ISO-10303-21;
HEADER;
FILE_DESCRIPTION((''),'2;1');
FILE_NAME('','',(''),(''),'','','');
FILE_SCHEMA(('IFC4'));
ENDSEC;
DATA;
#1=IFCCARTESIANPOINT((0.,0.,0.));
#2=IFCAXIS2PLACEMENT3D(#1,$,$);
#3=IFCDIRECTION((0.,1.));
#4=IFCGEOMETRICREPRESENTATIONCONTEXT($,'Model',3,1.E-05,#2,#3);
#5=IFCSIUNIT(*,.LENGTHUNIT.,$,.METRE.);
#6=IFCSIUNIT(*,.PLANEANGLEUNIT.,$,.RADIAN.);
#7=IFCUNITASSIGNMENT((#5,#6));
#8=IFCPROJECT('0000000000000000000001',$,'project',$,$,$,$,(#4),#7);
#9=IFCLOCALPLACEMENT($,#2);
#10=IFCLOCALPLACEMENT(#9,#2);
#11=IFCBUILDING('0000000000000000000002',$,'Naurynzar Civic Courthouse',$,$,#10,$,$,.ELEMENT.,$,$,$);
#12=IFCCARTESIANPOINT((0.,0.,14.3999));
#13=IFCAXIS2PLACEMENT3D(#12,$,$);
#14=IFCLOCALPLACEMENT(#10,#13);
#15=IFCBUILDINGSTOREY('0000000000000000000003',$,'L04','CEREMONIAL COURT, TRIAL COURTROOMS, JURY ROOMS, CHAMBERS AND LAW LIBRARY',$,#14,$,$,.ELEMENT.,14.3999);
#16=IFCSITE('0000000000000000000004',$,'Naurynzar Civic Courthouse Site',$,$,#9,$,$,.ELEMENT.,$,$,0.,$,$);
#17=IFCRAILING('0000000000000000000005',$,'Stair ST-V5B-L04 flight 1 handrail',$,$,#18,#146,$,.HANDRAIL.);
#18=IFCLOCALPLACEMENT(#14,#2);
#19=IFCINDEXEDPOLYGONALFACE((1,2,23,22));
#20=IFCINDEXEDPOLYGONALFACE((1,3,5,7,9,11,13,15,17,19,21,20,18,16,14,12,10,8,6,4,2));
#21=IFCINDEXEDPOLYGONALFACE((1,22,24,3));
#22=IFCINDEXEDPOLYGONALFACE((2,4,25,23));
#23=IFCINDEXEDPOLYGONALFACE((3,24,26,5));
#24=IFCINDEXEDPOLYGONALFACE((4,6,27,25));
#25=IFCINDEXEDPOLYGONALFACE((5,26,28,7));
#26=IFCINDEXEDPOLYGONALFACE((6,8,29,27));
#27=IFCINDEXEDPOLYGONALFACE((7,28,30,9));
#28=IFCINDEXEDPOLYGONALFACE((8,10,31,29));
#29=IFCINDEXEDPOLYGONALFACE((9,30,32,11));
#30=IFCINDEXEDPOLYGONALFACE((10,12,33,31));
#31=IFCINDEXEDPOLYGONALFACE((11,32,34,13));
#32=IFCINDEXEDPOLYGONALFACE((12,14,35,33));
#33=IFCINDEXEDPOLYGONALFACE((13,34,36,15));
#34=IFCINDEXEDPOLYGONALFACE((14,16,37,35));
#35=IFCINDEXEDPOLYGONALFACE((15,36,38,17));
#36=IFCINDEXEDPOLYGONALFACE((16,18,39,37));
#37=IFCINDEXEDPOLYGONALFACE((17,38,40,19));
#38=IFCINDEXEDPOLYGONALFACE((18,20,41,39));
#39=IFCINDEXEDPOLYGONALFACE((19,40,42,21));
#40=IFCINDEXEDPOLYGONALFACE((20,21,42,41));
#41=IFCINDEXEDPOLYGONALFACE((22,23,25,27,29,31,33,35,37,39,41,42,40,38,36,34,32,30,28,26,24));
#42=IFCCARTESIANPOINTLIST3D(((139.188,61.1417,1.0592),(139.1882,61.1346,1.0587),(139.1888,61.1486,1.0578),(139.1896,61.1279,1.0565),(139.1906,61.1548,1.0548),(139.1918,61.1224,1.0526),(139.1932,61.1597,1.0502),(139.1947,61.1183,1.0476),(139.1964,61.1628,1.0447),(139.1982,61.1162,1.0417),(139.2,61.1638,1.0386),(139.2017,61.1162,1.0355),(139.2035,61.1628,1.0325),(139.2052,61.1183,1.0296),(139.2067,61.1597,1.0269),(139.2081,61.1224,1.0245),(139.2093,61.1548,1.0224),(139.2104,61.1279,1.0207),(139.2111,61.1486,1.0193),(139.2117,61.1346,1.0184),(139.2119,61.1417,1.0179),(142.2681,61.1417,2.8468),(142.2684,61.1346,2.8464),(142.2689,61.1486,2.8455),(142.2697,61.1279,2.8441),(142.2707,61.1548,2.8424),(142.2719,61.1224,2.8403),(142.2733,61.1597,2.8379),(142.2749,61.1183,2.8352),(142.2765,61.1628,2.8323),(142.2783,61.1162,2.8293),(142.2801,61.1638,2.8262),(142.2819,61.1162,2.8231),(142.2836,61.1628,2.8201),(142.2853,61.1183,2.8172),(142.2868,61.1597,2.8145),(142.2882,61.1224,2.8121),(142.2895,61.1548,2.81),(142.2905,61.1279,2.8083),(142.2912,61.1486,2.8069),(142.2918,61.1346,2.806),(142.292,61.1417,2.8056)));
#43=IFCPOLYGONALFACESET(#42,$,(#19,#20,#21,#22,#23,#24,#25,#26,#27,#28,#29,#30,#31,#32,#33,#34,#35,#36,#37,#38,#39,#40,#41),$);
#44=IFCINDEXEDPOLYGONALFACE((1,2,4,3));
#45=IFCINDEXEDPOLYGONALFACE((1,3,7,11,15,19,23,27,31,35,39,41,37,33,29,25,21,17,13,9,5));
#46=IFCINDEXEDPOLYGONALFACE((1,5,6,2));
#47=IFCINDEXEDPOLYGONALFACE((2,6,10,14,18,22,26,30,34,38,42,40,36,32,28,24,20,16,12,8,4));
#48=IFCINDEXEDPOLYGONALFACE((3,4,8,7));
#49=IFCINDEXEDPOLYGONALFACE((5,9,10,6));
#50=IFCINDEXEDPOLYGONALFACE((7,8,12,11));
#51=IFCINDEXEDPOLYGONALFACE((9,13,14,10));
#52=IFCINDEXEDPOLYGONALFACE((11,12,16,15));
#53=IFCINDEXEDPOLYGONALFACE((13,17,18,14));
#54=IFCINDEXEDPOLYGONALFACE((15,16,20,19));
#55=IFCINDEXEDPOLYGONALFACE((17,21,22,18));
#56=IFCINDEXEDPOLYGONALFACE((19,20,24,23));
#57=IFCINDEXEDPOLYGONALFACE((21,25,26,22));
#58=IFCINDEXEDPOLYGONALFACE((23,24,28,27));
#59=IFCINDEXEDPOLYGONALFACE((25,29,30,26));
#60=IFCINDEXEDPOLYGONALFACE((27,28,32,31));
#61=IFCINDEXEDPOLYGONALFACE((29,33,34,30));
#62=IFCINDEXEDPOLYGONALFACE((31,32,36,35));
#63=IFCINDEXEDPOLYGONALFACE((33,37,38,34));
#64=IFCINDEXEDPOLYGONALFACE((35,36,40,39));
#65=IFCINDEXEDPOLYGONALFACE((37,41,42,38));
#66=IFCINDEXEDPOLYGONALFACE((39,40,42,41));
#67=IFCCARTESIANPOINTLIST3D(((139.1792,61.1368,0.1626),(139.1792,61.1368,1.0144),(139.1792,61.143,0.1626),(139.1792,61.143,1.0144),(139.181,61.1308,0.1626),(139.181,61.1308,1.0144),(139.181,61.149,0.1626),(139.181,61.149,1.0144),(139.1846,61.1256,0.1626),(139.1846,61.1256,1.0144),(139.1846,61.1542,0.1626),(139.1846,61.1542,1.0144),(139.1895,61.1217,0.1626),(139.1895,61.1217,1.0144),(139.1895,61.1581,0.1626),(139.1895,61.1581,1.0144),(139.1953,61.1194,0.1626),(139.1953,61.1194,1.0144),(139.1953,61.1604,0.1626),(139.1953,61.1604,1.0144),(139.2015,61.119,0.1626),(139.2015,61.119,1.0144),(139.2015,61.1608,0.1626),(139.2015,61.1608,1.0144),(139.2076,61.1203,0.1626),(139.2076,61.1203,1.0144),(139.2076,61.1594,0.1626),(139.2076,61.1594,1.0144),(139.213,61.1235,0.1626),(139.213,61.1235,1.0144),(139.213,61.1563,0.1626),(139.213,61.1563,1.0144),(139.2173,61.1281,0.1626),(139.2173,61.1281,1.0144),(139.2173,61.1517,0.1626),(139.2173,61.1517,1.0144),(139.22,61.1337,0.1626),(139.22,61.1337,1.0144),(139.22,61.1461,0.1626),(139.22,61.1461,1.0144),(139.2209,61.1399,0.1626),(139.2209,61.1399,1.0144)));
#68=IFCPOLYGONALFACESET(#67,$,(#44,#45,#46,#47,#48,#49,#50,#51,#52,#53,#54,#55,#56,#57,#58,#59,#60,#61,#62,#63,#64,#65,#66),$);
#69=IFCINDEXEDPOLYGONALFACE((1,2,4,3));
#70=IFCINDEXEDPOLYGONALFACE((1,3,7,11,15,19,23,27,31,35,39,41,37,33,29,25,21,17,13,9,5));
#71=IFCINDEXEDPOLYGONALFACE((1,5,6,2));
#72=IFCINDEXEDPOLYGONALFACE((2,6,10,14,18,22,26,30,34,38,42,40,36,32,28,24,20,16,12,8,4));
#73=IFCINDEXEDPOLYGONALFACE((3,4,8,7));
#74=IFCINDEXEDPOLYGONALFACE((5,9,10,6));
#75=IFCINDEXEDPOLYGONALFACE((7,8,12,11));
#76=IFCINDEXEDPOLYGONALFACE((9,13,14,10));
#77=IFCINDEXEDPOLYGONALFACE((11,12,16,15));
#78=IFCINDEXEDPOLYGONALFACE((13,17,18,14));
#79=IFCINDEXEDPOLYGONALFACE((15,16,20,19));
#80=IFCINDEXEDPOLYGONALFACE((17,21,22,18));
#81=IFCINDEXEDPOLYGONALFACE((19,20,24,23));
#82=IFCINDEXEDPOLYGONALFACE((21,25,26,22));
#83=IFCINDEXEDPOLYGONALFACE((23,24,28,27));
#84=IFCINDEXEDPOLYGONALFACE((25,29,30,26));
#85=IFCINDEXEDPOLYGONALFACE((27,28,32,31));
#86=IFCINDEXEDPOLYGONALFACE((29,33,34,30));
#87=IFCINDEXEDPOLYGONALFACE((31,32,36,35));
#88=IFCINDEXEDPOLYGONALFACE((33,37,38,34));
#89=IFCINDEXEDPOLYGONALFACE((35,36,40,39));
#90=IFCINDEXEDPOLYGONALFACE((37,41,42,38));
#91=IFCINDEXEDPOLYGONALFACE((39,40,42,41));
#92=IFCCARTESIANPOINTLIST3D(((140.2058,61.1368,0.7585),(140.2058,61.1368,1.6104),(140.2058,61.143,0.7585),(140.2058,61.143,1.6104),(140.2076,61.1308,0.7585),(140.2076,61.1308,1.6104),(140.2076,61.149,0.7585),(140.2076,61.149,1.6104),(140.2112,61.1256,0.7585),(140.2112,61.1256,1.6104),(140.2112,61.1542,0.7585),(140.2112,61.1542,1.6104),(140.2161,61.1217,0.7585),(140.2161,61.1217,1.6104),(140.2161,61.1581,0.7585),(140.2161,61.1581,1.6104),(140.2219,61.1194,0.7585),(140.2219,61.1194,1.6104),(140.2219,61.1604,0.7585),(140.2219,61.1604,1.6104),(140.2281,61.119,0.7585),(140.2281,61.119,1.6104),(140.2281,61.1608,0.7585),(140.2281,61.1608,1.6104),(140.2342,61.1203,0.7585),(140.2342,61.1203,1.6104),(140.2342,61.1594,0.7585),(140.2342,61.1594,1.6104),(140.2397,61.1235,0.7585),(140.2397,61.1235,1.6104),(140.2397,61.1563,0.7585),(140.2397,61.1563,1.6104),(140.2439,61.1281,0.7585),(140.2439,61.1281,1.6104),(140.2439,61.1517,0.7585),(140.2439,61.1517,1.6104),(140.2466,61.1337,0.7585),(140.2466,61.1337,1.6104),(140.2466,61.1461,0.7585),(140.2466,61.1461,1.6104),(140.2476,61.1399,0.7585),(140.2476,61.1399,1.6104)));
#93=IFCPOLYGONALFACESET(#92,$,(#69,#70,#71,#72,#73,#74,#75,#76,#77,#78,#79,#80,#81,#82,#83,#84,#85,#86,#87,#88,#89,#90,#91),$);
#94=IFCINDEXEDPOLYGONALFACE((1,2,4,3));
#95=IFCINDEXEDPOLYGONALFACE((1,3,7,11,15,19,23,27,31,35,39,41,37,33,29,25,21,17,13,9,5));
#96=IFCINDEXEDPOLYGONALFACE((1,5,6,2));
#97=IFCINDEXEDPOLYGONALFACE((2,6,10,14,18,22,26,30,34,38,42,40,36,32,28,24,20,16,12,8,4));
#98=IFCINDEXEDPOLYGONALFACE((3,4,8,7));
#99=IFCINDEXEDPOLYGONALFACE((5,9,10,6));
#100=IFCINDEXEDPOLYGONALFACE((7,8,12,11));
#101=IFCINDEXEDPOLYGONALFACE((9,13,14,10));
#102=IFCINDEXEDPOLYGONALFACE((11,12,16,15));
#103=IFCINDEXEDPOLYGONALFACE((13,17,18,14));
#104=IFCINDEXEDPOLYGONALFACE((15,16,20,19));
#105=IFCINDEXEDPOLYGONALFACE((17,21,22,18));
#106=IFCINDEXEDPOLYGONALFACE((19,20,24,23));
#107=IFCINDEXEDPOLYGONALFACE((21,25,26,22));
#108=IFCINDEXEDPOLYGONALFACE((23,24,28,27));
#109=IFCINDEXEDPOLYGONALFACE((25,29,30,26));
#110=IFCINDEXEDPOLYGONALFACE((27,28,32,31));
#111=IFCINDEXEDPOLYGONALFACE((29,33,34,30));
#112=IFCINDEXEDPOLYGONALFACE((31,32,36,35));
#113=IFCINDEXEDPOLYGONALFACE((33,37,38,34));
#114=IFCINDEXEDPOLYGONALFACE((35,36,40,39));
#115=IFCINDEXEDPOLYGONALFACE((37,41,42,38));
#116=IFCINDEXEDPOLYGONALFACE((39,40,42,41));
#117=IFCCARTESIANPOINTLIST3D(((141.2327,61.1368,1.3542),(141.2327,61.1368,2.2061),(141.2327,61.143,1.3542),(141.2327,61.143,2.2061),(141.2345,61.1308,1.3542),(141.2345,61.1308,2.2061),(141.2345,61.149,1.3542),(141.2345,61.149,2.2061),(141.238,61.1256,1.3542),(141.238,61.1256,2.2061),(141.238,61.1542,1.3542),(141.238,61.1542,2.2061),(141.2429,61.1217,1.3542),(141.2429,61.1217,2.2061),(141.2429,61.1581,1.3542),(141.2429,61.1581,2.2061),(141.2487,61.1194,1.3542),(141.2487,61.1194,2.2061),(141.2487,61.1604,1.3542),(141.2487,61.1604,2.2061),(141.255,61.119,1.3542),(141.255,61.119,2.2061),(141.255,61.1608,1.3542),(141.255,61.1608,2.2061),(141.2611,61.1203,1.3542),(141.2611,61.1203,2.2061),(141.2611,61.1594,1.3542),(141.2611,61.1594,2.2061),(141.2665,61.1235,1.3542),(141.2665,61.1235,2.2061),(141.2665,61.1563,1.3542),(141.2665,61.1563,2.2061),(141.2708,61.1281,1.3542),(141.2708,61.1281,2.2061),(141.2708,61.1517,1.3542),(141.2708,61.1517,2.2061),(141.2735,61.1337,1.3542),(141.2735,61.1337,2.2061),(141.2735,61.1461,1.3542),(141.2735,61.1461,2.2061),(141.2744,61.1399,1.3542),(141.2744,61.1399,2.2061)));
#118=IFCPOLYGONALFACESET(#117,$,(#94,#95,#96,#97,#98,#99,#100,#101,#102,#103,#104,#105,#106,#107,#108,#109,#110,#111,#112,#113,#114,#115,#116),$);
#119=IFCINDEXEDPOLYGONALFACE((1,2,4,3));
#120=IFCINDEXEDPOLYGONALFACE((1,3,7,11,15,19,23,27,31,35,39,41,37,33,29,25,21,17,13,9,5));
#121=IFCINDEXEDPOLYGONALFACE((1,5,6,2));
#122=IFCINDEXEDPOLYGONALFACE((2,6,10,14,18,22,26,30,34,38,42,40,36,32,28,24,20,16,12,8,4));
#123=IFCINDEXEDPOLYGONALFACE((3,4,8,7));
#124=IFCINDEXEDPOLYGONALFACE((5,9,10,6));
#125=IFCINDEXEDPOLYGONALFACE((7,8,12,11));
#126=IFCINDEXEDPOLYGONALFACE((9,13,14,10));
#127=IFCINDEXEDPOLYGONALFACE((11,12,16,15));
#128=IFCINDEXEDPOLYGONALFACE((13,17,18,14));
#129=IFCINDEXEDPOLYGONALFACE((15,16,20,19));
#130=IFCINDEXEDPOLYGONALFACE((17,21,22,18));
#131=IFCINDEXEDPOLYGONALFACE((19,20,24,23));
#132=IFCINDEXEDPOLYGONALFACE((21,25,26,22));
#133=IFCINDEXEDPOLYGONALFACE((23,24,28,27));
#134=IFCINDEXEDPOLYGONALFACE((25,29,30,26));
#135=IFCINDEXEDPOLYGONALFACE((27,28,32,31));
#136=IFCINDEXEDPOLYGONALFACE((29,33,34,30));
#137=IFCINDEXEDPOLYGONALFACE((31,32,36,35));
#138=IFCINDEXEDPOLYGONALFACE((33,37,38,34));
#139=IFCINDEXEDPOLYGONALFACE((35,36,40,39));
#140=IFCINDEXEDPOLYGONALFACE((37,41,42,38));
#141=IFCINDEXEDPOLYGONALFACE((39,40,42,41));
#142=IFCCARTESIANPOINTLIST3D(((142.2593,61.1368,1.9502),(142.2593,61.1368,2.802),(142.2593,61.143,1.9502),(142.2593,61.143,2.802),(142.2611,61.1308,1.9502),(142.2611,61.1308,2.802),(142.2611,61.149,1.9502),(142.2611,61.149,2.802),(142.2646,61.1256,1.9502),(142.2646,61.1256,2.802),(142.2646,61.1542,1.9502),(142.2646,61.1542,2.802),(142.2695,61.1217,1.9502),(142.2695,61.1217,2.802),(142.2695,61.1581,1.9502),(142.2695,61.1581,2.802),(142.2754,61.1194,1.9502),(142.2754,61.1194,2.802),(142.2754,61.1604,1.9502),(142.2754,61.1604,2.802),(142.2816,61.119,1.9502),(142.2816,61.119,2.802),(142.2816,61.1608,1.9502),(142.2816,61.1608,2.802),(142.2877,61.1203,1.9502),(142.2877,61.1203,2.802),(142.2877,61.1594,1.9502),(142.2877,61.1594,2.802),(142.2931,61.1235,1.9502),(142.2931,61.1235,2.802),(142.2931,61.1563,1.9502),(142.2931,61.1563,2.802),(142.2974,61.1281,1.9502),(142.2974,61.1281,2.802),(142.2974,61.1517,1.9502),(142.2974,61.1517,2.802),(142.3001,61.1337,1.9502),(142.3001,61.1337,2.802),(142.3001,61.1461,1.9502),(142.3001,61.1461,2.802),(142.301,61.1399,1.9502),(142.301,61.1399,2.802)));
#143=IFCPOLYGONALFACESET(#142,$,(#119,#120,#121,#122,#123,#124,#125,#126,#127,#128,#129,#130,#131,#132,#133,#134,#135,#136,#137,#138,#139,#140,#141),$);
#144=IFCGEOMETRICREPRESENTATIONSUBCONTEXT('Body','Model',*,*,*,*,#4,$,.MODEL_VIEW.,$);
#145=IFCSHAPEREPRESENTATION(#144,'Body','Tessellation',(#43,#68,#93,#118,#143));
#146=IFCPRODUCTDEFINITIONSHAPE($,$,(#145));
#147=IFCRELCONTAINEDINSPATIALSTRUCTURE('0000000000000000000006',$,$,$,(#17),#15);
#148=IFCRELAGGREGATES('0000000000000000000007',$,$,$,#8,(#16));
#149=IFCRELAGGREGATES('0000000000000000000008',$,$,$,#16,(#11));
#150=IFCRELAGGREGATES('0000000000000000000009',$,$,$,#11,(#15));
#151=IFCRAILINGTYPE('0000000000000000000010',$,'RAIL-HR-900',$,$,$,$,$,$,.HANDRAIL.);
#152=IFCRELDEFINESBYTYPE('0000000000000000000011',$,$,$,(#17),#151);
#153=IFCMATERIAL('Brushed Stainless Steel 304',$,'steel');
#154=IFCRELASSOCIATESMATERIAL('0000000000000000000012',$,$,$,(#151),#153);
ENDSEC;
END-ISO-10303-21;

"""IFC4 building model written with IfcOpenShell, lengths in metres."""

from ifc_helpers import new_model, si_unit, direction, frame, origin, origin_2d, place, context, subcontext, project, spatial, circle, extrude, material, type_object, element, save


model = new_model("IFC4")

# Units and contexts
model_context = context("Model", 3, precision=1e-05, world=origin(), true_north=direction((0.0, 1.0)))
body_context = subcontext(model_context, "Body", "Model", "MODEL_VIEW")
ifc_project = project(units=[si_unit("LENGTHUNIT", "METRE"), si_unit("PLANEANGLEUNIT", "RADIAN")], contexts=[model_context])

# Site, building, storey
site_placement = place(None, origin())
site = spatial("IfcSite", under=ifc_project, at=site_placement, Name="Naurynzar Civic Courthouse Site", CompositionType="ELEMENT", RefElevation=0.0)
building_placement = place(site_placement, origin())
building = spatial("IfcBuilding", under=site, at=building_placement, Name="Naurynzar Civic Courthouse", CompositionType="ELEMENT")
storey_placement = place(building_placement, frame((0.0, 0.0, 14.3999)))
storey = spatial("IfcBuildingStorey", under=building, at=storey_placement, Name="L04", Description="CEREMONIAL COURT, TRIAL COURTROOMS, JURY ROOMS, CHAMBERS AND LAW LIBRARY", CompositionType="ELEMENT", Elevation=14.3999)

# Railing
ifc_material_1 = material(Name="Brushed Stainless Steel 304", Category="steel")
railing_type_1 = type_object("IfcRailingType", Name="RAIL-HR-900", PredefinedType="HANDRAIL", material=ifc_material_1)
railing_1_placement = place(storey_placement, frame((139.2, 61.1399, 0.1626)))
element("IfcRailing", 1, at=railing_1_placement, inside=storey, type_object=railing_type_1, Name="Stair ST-V5B-L04 flight 1 handrail", PredefinedType="HANDRAIL", context=body_context, shape_type="SweptSolid", body=[
    extrude(circle(Radius=0.0239, at=origin_2d()), frame((0.0, 0.0, 0.876), z_axis=(0.864891, 0.0, 0.50196), x_axis=(0.0, 1.0, 0.0)), (0.0, 0.0, 1.0), 3.5613),
    extrude(circle(Radius=0.021, at=origin_2d()), origin(), (0.0, 0.0, 1.0), 0.8518),
    extrude(circle(Radius=0.021, at=origin_2d()), frame((1.0266, 0.0, 0.5959)), (0.0, 0.0, 1.0), 0.8518),
    extrude(circle(Radius=0.021, at=origin_2d()), frame((2.0535, 0.0, 1.1917)), (0.0, 0.0, 1.0), 0.8518),
    extrude(circle(Radius=0.021, at=origin_2d()), frame((3.0801, 0.0, 1.7876)), (0.0, 0.0, 1.0), 0.8518),
])

save(model, "model.ifc")
